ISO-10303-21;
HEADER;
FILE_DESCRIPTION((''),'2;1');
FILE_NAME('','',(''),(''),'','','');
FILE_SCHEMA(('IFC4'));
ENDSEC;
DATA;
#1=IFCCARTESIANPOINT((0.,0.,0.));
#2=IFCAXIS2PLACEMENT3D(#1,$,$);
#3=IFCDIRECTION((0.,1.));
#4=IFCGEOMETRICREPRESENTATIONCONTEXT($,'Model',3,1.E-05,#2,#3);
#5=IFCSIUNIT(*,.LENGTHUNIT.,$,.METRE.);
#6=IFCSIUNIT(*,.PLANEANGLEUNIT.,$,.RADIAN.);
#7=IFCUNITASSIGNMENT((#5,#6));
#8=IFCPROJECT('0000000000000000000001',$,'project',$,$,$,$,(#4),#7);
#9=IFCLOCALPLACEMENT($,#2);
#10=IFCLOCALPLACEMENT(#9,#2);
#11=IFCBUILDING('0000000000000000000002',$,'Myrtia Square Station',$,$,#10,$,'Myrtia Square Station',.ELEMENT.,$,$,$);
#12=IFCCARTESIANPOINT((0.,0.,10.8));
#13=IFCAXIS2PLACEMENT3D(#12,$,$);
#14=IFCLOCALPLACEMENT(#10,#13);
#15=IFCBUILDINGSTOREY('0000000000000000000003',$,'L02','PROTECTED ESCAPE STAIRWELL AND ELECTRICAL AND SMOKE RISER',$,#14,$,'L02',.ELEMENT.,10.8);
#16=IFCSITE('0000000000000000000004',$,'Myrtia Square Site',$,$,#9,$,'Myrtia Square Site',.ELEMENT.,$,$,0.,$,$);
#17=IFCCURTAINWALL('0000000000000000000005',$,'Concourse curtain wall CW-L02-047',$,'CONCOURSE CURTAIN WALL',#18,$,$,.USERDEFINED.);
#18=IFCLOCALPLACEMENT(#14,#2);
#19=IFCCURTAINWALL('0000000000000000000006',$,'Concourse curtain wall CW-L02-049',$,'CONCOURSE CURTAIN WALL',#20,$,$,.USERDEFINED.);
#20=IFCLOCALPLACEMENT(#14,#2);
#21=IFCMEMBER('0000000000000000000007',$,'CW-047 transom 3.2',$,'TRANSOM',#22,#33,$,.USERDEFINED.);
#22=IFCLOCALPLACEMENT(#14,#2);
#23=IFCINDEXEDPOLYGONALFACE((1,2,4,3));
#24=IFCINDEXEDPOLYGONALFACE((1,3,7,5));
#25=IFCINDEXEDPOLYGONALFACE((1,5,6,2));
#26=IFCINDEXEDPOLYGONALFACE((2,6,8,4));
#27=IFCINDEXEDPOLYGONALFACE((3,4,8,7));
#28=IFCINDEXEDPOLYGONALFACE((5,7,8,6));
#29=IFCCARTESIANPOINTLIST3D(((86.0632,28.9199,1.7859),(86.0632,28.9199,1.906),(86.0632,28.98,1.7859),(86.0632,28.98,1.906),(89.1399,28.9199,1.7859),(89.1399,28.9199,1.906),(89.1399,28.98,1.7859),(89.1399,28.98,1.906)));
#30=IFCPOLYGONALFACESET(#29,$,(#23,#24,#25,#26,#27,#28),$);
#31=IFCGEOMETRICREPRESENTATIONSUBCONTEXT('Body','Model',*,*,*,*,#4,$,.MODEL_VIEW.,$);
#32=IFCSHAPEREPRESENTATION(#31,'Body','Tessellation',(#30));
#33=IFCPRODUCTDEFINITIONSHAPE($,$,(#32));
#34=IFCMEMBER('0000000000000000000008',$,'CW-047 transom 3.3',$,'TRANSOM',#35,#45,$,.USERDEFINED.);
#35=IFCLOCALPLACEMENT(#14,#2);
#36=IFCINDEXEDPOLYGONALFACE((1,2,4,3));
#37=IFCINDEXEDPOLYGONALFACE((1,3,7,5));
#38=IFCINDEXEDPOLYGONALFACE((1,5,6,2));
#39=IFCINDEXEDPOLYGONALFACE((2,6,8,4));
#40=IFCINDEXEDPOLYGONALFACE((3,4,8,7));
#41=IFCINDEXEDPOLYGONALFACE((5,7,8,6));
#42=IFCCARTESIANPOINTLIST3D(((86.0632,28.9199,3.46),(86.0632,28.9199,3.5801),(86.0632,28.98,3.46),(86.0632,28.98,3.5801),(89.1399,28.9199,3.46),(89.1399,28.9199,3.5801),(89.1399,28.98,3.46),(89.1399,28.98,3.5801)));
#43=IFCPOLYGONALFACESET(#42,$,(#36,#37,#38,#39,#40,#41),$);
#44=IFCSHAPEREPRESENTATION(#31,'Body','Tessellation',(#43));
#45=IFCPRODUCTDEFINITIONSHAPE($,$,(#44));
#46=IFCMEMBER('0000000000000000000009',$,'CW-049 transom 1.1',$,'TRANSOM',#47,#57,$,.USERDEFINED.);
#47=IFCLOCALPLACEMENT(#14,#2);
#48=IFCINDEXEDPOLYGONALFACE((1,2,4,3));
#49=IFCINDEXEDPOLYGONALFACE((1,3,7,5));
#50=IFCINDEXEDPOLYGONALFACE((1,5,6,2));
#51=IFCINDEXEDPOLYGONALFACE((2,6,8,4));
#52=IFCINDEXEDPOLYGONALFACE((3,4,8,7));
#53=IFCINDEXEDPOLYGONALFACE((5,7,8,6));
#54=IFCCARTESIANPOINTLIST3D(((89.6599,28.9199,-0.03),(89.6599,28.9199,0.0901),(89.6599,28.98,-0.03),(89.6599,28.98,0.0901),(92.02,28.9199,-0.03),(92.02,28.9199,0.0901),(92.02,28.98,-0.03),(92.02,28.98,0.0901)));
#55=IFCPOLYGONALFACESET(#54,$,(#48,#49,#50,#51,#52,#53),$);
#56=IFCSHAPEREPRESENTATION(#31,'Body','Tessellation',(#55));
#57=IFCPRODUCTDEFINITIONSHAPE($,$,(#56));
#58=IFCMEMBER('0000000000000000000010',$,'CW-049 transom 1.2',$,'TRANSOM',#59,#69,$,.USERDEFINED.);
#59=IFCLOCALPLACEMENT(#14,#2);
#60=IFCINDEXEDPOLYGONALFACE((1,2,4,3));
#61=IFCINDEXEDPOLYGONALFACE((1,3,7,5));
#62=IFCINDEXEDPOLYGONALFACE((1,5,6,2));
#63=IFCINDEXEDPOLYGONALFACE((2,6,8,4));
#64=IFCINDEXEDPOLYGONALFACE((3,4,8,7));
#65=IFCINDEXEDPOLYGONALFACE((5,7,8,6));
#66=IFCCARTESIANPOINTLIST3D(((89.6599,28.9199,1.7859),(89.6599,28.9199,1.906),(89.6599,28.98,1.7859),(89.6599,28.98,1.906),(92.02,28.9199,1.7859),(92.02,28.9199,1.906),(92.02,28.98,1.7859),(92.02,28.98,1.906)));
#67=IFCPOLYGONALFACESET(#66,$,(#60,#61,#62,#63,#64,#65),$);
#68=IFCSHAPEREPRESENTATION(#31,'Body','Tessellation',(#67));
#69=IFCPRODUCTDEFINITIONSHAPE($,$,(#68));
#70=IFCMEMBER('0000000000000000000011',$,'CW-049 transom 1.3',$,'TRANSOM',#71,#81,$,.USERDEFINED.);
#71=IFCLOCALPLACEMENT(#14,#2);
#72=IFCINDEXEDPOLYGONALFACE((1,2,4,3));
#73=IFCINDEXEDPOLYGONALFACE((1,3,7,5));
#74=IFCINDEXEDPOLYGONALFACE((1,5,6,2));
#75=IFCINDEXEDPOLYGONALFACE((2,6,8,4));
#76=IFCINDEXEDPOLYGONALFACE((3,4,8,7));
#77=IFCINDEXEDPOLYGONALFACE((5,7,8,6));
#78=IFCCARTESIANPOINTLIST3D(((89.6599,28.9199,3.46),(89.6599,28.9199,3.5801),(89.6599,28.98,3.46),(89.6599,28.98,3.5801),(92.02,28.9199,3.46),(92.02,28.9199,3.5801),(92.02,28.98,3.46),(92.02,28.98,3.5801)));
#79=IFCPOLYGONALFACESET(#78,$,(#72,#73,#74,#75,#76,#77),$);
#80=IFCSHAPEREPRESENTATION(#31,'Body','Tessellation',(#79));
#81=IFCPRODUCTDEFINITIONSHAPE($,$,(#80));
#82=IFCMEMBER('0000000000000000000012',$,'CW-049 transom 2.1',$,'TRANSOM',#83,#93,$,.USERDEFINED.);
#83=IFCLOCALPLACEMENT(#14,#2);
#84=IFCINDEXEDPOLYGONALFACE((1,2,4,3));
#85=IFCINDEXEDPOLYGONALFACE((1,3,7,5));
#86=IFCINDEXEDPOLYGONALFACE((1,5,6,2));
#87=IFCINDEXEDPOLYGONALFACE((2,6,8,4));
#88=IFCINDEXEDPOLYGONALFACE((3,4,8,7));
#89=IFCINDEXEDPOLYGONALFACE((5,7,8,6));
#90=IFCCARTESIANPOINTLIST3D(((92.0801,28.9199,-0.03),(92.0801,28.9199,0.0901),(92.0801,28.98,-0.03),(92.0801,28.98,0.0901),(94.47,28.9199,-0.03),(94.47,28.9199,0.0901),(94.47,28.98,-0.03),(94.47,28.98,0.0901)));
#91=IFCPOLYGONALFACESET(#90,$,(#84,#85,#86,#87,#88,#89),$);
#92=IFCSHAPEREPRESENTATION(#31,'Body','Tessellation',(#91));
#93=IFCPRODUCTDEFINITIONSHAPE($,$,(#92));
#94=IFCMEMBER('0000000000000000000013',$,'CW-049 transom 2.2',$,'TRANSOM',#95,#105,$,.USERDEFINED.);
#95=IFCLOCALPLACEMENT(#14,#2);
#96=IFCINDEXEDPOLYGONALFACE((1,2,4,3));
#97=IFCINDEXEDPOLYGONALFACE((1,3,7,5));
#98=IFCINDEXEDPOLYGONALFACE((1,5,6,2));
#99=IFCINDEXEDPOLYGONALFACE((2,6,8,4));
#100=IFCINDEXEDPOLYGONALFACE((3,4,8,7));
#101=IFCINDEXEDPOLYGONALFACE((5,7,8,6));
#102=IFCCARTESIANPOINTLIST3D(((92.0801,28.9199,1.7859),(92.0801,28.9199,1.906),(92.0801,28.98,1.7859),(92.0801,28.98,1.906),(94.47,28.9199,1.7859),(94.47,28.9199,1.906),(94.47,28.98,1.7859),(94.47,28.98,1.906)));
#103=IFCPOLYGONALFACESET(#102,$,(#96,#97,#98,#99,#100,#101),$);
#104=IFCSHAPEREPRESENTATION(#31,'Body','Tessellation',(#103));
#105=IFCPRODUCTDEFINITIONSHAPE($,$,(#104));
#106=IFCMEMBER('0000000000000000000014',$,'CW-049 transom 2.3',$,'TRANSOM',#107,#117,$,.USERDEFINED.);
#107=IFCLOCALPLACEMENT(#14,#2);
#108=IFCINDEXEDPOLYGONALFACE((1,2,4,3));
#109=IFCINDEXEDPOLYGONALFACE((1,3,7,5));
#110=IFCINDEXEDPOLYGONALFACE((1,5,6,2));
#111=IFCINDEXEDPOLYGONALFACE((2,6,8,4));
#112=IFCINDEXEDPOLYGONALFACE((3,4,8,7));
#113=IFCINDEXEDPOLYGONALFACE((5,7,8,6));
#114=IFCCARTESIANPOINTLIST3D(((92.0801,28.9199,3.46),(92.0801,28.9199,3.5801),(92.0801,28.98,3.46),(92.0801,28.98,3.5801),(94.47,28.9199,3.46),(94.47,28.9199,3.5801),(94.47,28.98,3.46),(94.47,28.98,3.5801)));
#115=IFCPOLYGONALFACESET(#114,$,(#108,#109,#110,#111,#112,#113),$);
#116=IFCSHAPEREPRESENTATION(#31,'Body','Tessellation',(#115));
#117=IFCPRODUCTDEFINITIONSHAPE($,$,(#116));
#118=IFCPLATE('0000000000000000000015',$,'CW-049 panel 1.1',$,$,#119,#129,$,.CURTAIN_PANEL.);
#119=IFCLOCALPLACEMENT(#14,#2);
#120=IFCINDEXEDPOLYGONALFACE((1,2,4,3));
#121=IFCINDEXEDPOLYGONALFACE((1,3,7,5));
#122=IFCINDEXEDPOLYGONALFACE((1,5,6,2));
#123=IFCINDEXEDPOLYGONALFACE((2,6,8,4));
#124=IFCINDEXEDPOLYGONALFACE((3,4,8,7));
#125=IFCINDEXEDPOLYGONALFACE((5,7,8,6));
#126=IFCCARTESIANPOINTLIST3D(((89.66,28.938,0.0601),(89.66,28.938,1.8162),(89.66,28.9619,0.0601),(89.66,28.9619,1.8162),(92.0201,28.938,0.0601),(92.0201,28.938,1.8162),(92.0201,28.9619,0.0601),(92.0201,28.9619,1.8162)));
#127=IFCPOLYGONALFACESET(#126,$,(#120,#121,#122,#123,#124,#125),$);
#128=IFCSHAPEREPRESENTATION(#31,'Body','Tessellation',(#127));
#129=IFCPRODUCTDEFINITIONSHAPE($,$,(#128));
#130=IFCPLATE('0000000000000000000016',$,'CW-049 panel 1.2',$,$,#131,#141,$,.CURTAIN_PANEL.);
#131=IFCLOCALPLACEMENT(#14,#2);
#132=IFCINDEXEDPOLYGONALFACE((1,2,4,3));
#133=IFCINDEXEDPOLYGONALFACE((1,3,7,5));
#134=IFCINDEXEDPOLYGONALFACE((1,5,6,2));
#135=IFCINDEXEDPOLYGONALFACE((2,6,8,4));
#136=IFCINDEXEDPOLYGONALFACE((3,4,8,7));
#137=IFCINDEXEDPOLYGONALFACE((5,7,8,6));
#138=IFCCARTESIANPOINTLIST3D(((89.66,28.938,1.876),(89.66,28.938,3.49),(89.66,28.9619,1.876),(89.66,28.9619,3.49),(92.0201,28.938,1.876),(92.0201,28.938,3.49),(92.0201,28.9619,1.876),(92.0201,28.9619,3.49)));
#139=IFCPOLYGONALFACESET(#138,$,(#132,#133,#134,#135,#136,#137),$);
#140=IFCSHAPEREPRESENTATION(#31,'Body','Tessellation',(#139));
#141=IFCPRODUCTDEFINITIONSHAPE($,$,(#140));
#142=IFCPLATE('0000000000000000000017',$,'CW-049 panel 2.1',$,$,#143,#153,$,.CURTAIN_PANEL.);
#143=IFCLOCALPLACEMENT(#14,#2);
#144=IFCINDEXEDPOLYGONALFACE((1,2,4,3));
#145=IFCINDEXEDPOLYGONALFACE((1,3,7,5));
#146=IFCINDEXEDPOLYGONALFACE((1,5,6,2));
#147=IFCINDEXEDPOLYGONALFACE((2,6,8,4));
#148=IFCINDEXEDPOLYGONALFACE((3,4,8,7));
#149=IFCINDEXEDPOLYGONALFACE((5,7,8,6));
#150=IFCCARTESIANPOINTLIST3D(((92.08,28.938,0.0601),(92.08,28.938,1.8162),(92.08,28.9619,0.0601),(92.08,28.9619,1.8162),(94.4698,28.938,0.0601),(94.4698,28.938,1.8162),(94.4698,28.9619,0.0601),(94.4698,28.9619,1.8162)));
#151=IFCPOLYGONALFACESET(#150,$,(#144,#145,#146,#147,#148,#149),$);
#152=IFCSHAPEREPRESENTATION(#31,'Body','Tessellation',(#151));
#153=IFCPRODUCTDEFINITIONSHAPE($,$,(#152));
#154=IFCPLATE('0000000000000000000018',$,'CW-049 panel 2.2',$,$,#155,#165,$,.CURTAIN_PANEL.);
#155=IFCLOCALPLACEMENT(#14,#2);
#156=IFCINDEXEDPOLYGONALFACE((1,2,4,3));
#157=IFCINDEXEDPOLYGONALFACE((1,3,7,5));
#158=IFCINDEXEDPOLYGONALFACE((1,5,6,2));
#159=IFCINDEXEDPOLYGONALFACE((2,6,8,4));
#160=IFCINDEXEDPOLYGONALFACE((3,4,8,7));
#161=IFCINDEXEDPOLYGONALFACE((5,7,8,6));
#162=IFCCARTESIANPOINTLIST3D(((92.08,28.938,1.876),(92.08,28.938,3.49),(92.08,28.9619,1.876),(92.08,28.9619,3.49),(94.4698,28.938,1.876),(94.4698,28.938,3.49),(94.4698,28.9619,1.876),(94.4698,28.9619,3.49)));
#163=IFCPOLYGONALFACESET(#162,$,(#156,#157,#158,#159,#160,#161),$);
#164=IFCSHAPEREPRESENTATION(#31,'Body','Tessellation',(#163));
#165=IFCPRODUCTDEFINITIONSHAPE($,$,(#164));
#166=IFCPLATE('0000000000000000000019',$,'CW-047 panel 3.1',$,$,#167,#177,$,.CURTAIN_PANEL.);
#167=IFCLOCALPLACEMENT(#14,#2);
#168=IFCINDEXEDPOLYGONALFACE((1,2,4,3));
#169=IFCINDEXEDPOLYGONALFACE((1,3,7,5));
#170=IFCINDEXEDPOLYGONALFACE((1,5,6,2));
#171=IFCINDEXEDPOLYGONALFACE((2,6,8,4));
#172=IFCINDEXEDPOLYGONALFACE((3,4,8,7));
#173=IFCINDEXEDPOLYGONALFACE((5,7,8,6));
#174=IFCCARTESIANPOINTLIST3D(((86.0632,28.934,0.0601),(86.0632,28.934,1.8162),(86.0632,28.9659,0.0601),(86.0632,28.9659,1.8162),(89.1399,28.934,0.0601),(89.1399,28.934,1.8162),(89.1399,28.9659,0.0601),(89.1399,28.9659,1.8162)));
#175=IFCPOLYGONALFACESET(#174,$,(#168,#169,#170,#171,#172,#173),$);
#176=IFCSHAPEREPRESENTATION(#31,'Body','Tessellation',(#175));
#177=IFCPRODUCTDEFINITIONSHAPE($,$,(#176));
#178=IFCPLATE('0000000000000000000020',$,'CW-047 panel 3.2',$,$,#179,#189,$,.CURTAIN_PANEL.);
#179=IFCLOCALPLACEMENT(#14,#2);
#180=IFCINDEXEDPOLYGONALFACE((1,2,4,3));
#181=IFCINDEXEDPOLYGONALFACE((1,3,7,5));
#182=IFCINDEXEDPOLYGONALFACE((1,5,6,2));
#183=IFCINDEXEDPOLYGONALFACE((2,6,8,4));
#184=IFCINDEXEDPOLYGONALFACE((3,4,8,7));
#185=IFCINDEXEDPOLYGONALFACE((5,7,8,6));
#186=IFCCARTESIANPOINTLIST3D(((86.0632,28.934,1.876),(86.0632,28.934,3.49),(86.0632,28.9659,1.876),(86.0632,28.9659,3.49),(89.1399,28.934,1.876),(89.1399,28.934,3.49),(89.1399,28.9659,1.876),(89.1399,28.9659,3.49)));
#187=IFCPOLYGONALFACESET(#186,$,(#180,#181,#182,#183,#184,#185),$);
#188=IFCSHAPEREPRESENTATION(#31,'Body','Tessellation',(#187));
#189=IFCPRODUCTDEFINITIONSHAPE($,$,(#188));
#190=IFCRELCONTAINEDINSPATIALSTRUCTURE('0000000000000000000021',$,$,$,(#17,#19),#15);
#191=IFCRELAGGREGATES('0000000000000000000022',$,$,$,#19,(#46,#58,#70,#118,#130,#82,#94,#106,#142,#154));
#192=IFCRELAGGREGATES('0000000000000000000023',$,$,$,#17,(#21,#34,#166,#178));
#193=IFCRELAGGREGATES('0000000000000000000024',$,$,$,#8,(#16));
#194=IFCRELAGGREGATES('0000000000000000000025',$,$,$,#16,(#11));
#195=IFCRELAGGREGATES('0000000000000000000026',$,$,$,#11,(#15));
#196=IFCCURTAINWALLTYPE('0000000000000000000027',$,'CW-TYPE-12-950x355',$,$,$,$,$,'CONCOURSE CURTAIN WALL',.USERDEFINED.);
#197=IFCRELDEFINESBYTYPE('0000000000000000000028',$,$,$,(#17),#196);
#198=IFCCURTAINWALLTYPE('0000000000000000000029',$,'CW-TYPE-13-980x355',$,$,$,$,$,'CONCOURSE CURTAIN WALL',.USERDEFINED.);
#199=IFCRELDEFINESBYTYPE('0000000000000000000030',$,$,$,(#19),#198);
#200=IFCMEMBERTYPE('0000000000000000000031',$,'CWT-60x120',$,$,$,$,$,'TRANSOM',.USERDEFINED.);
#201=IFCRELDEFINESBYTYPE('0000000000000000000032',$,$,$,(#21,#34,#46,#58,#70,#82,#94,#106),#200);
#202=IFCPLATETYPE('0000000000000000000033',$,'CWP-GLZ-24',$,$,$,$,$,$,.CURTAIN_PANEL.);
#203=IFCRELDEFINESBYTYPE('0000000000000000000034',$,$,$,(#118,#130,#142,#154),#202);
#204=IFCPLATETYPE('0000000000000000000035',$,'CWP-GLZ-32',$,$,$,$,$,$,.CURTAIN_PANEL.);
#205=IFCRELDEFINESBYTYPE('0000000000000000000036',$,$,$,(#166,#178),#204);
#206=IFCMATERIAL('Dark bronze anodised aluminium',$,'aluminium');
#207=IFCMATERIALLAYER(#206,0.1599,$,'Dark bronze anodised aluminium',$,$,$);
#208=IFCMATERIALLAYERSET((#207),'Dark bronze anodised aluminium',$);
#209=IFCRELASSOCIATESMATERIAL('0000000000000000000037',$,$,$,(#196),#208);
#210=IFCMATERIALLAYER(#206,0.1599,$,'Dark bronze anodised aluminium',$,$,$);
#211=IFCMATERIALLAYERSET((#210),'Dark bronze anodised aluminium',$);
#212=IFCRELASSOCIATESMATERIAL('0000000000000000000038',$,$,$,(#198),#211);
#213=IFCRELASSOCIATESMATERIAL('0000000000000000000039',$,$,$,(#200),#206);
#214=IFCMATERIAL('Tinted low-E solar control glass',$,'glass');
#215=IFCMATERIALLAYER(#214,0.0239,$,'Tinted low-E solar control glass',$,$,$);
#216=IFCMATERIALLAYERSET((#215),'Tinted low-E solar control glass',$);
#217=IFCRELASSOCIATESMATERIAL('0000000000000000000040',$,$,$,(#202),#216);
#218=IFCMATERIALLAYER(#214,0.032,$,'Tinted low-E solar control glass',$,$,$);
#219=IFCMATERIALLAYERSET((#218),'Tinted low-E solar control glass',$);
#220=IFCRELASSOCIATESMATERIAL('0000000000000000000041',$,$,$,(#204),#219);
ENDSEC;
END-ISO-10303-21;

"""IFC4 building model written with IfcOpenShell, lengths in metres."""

from ifc_helpers import new_model, si_unit, direction, frame, origin, origin_2d, place, context, subcontext, project, spatial, rectangle, extrude, material, layer, layer_set, material_profile, profile_set, type_object, element, aggregate, save


model = new_model("IFC4")

# Units and contexts
model_context = context("Model", 3, precision=1e-05, world=origin(), true_north=direction((0.0, 1.0)))
body_context = subcontext(model_context, "Body", "Model", "MODEL_VIEW")
ifc_project = project(units=[si_unit("LENGTHUNIT", "METRE"), si_unit("PLANEANGLEUNIT", "RADIAN")], contexts=[model_context])

# Site, building, storey
site_placement = place(None, origin())
site = spatial("IfcSite", under=ifc_project, at=site_placement, Name="Myrtia Square Site", LongName="Myrtia Square Site", CompositionType="ELEMENT", RefElevation=0.0)
building_placement = place(site_placement, origin())
building = spatial("IfcBuilding", under=site, at=building_placement, Name="Myrtia Square Station", LongName="Myrtia Square Station", CompositionType="ELEMENT")
storey_placement = place(building_placement, frame((0.0, 0.0, 10.8)))
storey = spatial("IfcBuildingStorey", under=building, at=storey_placement, Name="L02", Description="PROTECTED ESCAPE STAIRWELL AND ELECTRICAL AND SMOKE RISER", LongName="L02", CompositionType="ELEMENT", Elevation=10.8)

# Curtain wall
ifc_material_1 = material(Name="Dark bronze anodised aluminium", Category="aluminium")
ifc_layer_1 = layer(ifc_material_1, 0.1599, Name="Dark bronze anodised aluminium")
ifc_layer_set_1 = layer_set([ifc_layer_1], Name="Dark bronze anodised aluminium")
curtain_wall_type_1 = type_object("IfcCurtainWallType", Name="CW-TYPE-12-950x355", ElementType="CONCOURSE CURTAIN WALL", PredefinedType="USERDEFINED", material=ifc_layer_set_1)
curtain_wall_1_placement = place(storey_placement, origin())
curtain_wall_1 = element("IfcCurtainWall", 1, at=curtain_wall_1_placement, inside=storey, type_object=curtain_wall_type_1, Name="Concourse curtain wall CW-L02-047", ObjectType="CONCOURSE CURTAIN WALL", PredefinedType="USERDEFINED")

# Curtain wall
ifc_layer_2 = layer(ifc_material_1, 0.1599, Name="Dark bronze anodised aluminium")
ifc_layer_set_2 = layer_set([ifc_layer_2], Name="Dark bronze anodised aluminium")
curtain_wall_type_2 = type_object("IfcCurtainWallType", Name="CW-TYPE-13-980x355", ElementType="CONCOURSE CURTAIN WALL", PredefinedType="USERDEFINED", material=ifc_layer_set_2)
curtain_wall_2_placement = place(storey_placement, origin())
curtain_wall_2 = element("IfcCurtainWall", 2, at=curtain_wall_2_placement, inside=storey, type_object=curtain_wall_type_2, Name="Concourse curtain wall CW-L02-049", ObjectType="CONCOURSE CURTAIN WALL", PredefinedType="USERDEFINED")

# Members
ifc_material_profile_1 = material_profile(ifc_material_1, rectangle(XDim=0.0601, YDim=0.1201, at=origin_2d()), Name="ALU-T 60x120")
ifc_profile_set_1 = profile_set([ifc_material_profile_1], Name="Dark bronze anodised aluminium")
member_type_1 = type_object("IfcMemberType", Name="CWT-60x120", ElementType="TRANSOM", PredefinedType="USERDEFINED", material=ifc_profile_set_1)
member_1_placement = place(storey_placement, frame((86.0632, 28.95, 1.8459), z_axis=(1.0, 0.0, 0.0), x_axis=(0.0, 1.0, 0.0)))
member_1 = element("IfcMember", 3, at=member_1_placement, type_object=member_type_1, Name="CW-047 transom 3.2", ObjectType="TRANSOM", PredefinedType="USERDEFINED", context=body_context, shape_type="SweptSolid", body=[
    extrude(rectangle(XDim=0.0601, YDim=0.1201, at=origin_2d()), origin(), (0.0, 0.0, 1.0), 3.0767),
])
member_2_placement = place(storey_placement, frame((86.0632, 28.95, 3.52), z_axis=(1.0, 0.0, 0.0), x_axis=(0.0, 1.0, 0.0)))
member_2 = element("IfcMember", 4, at=member_2_placement, type_object=member_type_1, Name="CW-047 transom 3.3", ObjectType="TRANSOM", PredefinedType="USERDEFINED", context=body_context, shape_type="SweptSolid", body=[
    extrude(rectangle(XDim=0.0601, YDim=0.1201, at=origin_2d()), origin(), (0.0, 0.0, 1.0), 3.0767),
])
member_3_placement = place(storey_placement, frame((89.6599, 28.95, 0.03), z_axis=(1.0, 0.0, 0.0), x_axis=(0.0, 1.0, 0.0)))
member_3 = element("IfcMember", 5, at=member_3_placement, type_object=member_type_1, Name="CW-049 transom 1.1", ObjectType="TRANSOM", PredefinedType="USERDEFINED", context=body_context, shape_type="SweptSolid", body=[
    extrude(rectangle(XDim=0.0601, YDim=0.1201, at=origin_2d()), origin(), (0.0, 0.0, 1.0), 2.3601),
])
member_4_placement = place(storey_placement, frame((89.6599, 28.95, 1.8459), z_axis=(1.0, 0.0, 0.0), x_axis=(0.0, 1.0, 0.0)))
member_4 = element("IfcMember", 6, at=member_4_placement, type_object=member_type_1, Name="CW-049 transom 1.2", ObjectType="TRANSOM", PredefinedType="USERDEFINED", context=body_context, shape_type="SweptSolid", body=[
    extrude(rectangle(XDim=0.0601, YDim=0.1201, at=origin_2d()), origin(), (0.0, 0.0, 1.0), 2.3601),
])
member_5_placement = place(storey_placement, frame((89.6599, 28.95, 3.52), z_axis=(1.0, 0.0, 0.0), x_axis=(0.0, 1.0, 0.0)))
member_5 = element("IfcMember", 7, at=member_5_placement, type_object=member_type_1, Name="CW-049 transom 1.3", ObjectType="TRANSOM", PredefinedType="USERDEFINED", context=body_context, shape_type="SweptSolid", body=[
    extrude(rectangle(XDim=0.0601, YDim=0.1201, at=origin_2d()), origin(), (0.0, 0.0, 1.0), 2.3601),
])
member_6_placement = place(storey_placement, frame((92.0801, 28.95, 0.03), z_axis=(1.0, 0.0, 0.0), x_axis=(0.0, 1.0, 0.0)))
member_6 = element("IfcMember", 8, at=member_6_placement, type_object=member_type_1, Name="CW-049 transom 2.1", ObjectType="TRANSOM", PredefinedType="USERDEFINED", context=body_context, shape_type="SweptSolid", body=[
    extrude(rectangle(XDim=0.0601, YDim=0.1201, at=origin_2d()), origin(), (0.0, 0.0, 1.0), 2.3899),
])
member_7_placement = place(storey_placement, frame((92.0801, 28.95, 1.8459), z_axis=(1.0, 0.0, 0.0), x_axis=(0.0, 1.0, 0.0)))
member_7 = element("IfcMember", 9, at=member_7_placement, type_object=member_type_1, Name="CW-049 transom 2.2", ObjectType="TRANSOM", PredefinedType="USERDEFINED", context=body_context, shape_type="SweptSolid", body=[
    extrude(rectangle(XDim=0.0601, YDim=0.1201, at=origin_2d()), origin(), (0.0, 0.0, 1.0), 2.3899),
])
member_8_placement = place(storey_placement, frame((92.0801, 28.95, 3.52), z_axis=(1.0, 0.0, 0.0), x_axis=(0.0, 1.0, 0.0)))
member_8 = element("IfcMember", 10, at=member_8_placement, type_object=member_type_1, Name="CW-049 transom 2.3", ObjectType="TRANSOM", PredefinedType="USERDEFINED", context=body_context, shape_type="SweptSolid", body=[
    extrude(rectangle(XDim=0.0601, YDim=0.1201, at=origin_2d()), origin(), (0.0, 0.0, 1.0), 2.3899),
])

# Plates
ifc_material_2 = material(Name="Tinted low-E solar control glass", Category="glass")
ifc_layer_3 = layer(ifc_material_2, 0.0239, Name="Tinted low-E solar control glass")
ifc_layer_set_3 = layer_set([ifc_layer_3], Name="Tinted low-E solar control glass")
plate_type_1 = type_object("IfcPlateType", Name="CWP-GLZ-24", PredefinedType="CURTAIN_PANEL", material=ifc_layer_set_3)
plate_1_placement = place(storey_placement, frame((90.8401, 28.95, 0.0601), z_axis=(0.0, 0.0, 1.0), x_axis=(1.0, 0.0, 0.0)))
plate_1 = element("IfcPlate", 11, at=plate_1_placement, type_object=plate_type_1, Name="CW-049 panel 1.1", PredefinedType="CURTAIN_PANEL", context=body_context, shape_type="SweptSolid", body=[
    extrude(rectangle(XDim=2.3601, YDim=0.0239, at=origin_2d()), origin(), (0.0, 0.0, 1.0), 1.7561),
])
plate_2_placement = place(storey_placement, frame((90.8401, 28.95, 1.876), z_axis=(0.0, 0.0, 1.0), x_axis=(1.0, 0.0, 0.0)))
plate_2 = element("IfcPlate", 12, at=plate_2_placement, type_object=plate_type_1, Name="CW-049 panel 1.2", PredefinedType="CURTAIN_PANEL", context=body_context, shape_type="SweptSolid", body=[
    extrude(rectangle(XDim=2.3601, YDim=0.0239, at=origin_2d()), origin(), (0.0, 0.0, 1.0), 1.614),
])
plate_3_placement = place(storey_placement, frame((93.2749, 28.95, 0.0601), z_axis=(0.0, 0.0, 1.0), x_axis=(1.0, 0.0, 0.0)))
plate_3 = element("IfcPlate", 13, at=plate_3_placement, type_object=plate_type_1, Name="CW-049 panel 2.1", PredefinedType="CURTAIN_PANEL", context=body_context, shape_type="SweptSolid", body=[
    extrude(rectangle(XDim=2.3899, YDim=0.0239, at=origin_2d()), origin(), (0.0, 0.0, 1.0), 1.7561),
])
plate_4_placement = place(storey_placement, frame((93.2749, 28.95, 1.876), z_axis=(0.0, 0.0, 1.0), x_axis=(1.0, 0.0, 0.0)))
plate_4 = element("IfcPlate", 14, at=plate_4_placement, type_object=plate_type_1, Name="CW-049 panel 2.2", PredefinedType="CURTAIN_PANEL", context=body_context, shape_type="SweptSolid", body=[
    extrude(rectangle(XDim=2.3899, YDim=0.0239, at=origin_2d()), origin(), (0.0, 0.0, 1.0), 1.614),
])
aggregate(curtain_wall_2, [member_3, member_4, member_5, plate_1, plate_2, member_6, member_7, member_8, plate_3, plate_4])
ifc_layer_4 = layer(ifc_material_2, 0.032, Name="Tinted low-E solar control glass")
ifc_layer_set_4 = layer_set([ifc_layer_4], Name="Tinted low-E solar control glass")
plate_type_2 = type_object("IfcPlateType", Name="CWP-GLZ-32", PredefinedType="CURTAIN_PANEL", material=ifc_layer_set_4)
plate_5_placement = place(storey_placement, frame((87.6016, 28.95, 0.0601), z_axis=(0.0, 0.0, 1.0), x_axis=(1.0, 0.0, 0.0)))
plate_5 = element("IfcPlate", 15, at=plate_5_placement, type_object=plate_type_2, Name="CW-047 panel 3.1", PredefinedType="CURTAIN_PANEL", context=body_context, shape_type="SweptSolid", body=[
    extrude(rectangle(XDim=3.0767, YDim=0.032, at=origin_2d()), origin(), (0.0, 0.0, 1.0), 1.7561),
])
plate_6_placement = place(storey_placement, frame((87.6016, 28.95, 1.876), z_axis=(0.0, 0.0, 1.0), x_axis=(1.0, 0.0, 0.0)))
plate_6 = element("IfcPlate", 16, at=plate_6_placement, type_object=plate_type_2, Name="CW-047 panel 3.2", PredefinedType="CURTAIN_PANEL", context=body_context, shape_type="SweptSolid", body=[
    extrude(rectangle(XDim=3.0767, YDim=0.032, at=origin_2d()), origin(), (0.0, 0.0, 1.0), 1.614),
])
aggregate(curtain_wall_1, [member_1, member_2, plate_5, plate_6])

save(model, "model.ifc")
